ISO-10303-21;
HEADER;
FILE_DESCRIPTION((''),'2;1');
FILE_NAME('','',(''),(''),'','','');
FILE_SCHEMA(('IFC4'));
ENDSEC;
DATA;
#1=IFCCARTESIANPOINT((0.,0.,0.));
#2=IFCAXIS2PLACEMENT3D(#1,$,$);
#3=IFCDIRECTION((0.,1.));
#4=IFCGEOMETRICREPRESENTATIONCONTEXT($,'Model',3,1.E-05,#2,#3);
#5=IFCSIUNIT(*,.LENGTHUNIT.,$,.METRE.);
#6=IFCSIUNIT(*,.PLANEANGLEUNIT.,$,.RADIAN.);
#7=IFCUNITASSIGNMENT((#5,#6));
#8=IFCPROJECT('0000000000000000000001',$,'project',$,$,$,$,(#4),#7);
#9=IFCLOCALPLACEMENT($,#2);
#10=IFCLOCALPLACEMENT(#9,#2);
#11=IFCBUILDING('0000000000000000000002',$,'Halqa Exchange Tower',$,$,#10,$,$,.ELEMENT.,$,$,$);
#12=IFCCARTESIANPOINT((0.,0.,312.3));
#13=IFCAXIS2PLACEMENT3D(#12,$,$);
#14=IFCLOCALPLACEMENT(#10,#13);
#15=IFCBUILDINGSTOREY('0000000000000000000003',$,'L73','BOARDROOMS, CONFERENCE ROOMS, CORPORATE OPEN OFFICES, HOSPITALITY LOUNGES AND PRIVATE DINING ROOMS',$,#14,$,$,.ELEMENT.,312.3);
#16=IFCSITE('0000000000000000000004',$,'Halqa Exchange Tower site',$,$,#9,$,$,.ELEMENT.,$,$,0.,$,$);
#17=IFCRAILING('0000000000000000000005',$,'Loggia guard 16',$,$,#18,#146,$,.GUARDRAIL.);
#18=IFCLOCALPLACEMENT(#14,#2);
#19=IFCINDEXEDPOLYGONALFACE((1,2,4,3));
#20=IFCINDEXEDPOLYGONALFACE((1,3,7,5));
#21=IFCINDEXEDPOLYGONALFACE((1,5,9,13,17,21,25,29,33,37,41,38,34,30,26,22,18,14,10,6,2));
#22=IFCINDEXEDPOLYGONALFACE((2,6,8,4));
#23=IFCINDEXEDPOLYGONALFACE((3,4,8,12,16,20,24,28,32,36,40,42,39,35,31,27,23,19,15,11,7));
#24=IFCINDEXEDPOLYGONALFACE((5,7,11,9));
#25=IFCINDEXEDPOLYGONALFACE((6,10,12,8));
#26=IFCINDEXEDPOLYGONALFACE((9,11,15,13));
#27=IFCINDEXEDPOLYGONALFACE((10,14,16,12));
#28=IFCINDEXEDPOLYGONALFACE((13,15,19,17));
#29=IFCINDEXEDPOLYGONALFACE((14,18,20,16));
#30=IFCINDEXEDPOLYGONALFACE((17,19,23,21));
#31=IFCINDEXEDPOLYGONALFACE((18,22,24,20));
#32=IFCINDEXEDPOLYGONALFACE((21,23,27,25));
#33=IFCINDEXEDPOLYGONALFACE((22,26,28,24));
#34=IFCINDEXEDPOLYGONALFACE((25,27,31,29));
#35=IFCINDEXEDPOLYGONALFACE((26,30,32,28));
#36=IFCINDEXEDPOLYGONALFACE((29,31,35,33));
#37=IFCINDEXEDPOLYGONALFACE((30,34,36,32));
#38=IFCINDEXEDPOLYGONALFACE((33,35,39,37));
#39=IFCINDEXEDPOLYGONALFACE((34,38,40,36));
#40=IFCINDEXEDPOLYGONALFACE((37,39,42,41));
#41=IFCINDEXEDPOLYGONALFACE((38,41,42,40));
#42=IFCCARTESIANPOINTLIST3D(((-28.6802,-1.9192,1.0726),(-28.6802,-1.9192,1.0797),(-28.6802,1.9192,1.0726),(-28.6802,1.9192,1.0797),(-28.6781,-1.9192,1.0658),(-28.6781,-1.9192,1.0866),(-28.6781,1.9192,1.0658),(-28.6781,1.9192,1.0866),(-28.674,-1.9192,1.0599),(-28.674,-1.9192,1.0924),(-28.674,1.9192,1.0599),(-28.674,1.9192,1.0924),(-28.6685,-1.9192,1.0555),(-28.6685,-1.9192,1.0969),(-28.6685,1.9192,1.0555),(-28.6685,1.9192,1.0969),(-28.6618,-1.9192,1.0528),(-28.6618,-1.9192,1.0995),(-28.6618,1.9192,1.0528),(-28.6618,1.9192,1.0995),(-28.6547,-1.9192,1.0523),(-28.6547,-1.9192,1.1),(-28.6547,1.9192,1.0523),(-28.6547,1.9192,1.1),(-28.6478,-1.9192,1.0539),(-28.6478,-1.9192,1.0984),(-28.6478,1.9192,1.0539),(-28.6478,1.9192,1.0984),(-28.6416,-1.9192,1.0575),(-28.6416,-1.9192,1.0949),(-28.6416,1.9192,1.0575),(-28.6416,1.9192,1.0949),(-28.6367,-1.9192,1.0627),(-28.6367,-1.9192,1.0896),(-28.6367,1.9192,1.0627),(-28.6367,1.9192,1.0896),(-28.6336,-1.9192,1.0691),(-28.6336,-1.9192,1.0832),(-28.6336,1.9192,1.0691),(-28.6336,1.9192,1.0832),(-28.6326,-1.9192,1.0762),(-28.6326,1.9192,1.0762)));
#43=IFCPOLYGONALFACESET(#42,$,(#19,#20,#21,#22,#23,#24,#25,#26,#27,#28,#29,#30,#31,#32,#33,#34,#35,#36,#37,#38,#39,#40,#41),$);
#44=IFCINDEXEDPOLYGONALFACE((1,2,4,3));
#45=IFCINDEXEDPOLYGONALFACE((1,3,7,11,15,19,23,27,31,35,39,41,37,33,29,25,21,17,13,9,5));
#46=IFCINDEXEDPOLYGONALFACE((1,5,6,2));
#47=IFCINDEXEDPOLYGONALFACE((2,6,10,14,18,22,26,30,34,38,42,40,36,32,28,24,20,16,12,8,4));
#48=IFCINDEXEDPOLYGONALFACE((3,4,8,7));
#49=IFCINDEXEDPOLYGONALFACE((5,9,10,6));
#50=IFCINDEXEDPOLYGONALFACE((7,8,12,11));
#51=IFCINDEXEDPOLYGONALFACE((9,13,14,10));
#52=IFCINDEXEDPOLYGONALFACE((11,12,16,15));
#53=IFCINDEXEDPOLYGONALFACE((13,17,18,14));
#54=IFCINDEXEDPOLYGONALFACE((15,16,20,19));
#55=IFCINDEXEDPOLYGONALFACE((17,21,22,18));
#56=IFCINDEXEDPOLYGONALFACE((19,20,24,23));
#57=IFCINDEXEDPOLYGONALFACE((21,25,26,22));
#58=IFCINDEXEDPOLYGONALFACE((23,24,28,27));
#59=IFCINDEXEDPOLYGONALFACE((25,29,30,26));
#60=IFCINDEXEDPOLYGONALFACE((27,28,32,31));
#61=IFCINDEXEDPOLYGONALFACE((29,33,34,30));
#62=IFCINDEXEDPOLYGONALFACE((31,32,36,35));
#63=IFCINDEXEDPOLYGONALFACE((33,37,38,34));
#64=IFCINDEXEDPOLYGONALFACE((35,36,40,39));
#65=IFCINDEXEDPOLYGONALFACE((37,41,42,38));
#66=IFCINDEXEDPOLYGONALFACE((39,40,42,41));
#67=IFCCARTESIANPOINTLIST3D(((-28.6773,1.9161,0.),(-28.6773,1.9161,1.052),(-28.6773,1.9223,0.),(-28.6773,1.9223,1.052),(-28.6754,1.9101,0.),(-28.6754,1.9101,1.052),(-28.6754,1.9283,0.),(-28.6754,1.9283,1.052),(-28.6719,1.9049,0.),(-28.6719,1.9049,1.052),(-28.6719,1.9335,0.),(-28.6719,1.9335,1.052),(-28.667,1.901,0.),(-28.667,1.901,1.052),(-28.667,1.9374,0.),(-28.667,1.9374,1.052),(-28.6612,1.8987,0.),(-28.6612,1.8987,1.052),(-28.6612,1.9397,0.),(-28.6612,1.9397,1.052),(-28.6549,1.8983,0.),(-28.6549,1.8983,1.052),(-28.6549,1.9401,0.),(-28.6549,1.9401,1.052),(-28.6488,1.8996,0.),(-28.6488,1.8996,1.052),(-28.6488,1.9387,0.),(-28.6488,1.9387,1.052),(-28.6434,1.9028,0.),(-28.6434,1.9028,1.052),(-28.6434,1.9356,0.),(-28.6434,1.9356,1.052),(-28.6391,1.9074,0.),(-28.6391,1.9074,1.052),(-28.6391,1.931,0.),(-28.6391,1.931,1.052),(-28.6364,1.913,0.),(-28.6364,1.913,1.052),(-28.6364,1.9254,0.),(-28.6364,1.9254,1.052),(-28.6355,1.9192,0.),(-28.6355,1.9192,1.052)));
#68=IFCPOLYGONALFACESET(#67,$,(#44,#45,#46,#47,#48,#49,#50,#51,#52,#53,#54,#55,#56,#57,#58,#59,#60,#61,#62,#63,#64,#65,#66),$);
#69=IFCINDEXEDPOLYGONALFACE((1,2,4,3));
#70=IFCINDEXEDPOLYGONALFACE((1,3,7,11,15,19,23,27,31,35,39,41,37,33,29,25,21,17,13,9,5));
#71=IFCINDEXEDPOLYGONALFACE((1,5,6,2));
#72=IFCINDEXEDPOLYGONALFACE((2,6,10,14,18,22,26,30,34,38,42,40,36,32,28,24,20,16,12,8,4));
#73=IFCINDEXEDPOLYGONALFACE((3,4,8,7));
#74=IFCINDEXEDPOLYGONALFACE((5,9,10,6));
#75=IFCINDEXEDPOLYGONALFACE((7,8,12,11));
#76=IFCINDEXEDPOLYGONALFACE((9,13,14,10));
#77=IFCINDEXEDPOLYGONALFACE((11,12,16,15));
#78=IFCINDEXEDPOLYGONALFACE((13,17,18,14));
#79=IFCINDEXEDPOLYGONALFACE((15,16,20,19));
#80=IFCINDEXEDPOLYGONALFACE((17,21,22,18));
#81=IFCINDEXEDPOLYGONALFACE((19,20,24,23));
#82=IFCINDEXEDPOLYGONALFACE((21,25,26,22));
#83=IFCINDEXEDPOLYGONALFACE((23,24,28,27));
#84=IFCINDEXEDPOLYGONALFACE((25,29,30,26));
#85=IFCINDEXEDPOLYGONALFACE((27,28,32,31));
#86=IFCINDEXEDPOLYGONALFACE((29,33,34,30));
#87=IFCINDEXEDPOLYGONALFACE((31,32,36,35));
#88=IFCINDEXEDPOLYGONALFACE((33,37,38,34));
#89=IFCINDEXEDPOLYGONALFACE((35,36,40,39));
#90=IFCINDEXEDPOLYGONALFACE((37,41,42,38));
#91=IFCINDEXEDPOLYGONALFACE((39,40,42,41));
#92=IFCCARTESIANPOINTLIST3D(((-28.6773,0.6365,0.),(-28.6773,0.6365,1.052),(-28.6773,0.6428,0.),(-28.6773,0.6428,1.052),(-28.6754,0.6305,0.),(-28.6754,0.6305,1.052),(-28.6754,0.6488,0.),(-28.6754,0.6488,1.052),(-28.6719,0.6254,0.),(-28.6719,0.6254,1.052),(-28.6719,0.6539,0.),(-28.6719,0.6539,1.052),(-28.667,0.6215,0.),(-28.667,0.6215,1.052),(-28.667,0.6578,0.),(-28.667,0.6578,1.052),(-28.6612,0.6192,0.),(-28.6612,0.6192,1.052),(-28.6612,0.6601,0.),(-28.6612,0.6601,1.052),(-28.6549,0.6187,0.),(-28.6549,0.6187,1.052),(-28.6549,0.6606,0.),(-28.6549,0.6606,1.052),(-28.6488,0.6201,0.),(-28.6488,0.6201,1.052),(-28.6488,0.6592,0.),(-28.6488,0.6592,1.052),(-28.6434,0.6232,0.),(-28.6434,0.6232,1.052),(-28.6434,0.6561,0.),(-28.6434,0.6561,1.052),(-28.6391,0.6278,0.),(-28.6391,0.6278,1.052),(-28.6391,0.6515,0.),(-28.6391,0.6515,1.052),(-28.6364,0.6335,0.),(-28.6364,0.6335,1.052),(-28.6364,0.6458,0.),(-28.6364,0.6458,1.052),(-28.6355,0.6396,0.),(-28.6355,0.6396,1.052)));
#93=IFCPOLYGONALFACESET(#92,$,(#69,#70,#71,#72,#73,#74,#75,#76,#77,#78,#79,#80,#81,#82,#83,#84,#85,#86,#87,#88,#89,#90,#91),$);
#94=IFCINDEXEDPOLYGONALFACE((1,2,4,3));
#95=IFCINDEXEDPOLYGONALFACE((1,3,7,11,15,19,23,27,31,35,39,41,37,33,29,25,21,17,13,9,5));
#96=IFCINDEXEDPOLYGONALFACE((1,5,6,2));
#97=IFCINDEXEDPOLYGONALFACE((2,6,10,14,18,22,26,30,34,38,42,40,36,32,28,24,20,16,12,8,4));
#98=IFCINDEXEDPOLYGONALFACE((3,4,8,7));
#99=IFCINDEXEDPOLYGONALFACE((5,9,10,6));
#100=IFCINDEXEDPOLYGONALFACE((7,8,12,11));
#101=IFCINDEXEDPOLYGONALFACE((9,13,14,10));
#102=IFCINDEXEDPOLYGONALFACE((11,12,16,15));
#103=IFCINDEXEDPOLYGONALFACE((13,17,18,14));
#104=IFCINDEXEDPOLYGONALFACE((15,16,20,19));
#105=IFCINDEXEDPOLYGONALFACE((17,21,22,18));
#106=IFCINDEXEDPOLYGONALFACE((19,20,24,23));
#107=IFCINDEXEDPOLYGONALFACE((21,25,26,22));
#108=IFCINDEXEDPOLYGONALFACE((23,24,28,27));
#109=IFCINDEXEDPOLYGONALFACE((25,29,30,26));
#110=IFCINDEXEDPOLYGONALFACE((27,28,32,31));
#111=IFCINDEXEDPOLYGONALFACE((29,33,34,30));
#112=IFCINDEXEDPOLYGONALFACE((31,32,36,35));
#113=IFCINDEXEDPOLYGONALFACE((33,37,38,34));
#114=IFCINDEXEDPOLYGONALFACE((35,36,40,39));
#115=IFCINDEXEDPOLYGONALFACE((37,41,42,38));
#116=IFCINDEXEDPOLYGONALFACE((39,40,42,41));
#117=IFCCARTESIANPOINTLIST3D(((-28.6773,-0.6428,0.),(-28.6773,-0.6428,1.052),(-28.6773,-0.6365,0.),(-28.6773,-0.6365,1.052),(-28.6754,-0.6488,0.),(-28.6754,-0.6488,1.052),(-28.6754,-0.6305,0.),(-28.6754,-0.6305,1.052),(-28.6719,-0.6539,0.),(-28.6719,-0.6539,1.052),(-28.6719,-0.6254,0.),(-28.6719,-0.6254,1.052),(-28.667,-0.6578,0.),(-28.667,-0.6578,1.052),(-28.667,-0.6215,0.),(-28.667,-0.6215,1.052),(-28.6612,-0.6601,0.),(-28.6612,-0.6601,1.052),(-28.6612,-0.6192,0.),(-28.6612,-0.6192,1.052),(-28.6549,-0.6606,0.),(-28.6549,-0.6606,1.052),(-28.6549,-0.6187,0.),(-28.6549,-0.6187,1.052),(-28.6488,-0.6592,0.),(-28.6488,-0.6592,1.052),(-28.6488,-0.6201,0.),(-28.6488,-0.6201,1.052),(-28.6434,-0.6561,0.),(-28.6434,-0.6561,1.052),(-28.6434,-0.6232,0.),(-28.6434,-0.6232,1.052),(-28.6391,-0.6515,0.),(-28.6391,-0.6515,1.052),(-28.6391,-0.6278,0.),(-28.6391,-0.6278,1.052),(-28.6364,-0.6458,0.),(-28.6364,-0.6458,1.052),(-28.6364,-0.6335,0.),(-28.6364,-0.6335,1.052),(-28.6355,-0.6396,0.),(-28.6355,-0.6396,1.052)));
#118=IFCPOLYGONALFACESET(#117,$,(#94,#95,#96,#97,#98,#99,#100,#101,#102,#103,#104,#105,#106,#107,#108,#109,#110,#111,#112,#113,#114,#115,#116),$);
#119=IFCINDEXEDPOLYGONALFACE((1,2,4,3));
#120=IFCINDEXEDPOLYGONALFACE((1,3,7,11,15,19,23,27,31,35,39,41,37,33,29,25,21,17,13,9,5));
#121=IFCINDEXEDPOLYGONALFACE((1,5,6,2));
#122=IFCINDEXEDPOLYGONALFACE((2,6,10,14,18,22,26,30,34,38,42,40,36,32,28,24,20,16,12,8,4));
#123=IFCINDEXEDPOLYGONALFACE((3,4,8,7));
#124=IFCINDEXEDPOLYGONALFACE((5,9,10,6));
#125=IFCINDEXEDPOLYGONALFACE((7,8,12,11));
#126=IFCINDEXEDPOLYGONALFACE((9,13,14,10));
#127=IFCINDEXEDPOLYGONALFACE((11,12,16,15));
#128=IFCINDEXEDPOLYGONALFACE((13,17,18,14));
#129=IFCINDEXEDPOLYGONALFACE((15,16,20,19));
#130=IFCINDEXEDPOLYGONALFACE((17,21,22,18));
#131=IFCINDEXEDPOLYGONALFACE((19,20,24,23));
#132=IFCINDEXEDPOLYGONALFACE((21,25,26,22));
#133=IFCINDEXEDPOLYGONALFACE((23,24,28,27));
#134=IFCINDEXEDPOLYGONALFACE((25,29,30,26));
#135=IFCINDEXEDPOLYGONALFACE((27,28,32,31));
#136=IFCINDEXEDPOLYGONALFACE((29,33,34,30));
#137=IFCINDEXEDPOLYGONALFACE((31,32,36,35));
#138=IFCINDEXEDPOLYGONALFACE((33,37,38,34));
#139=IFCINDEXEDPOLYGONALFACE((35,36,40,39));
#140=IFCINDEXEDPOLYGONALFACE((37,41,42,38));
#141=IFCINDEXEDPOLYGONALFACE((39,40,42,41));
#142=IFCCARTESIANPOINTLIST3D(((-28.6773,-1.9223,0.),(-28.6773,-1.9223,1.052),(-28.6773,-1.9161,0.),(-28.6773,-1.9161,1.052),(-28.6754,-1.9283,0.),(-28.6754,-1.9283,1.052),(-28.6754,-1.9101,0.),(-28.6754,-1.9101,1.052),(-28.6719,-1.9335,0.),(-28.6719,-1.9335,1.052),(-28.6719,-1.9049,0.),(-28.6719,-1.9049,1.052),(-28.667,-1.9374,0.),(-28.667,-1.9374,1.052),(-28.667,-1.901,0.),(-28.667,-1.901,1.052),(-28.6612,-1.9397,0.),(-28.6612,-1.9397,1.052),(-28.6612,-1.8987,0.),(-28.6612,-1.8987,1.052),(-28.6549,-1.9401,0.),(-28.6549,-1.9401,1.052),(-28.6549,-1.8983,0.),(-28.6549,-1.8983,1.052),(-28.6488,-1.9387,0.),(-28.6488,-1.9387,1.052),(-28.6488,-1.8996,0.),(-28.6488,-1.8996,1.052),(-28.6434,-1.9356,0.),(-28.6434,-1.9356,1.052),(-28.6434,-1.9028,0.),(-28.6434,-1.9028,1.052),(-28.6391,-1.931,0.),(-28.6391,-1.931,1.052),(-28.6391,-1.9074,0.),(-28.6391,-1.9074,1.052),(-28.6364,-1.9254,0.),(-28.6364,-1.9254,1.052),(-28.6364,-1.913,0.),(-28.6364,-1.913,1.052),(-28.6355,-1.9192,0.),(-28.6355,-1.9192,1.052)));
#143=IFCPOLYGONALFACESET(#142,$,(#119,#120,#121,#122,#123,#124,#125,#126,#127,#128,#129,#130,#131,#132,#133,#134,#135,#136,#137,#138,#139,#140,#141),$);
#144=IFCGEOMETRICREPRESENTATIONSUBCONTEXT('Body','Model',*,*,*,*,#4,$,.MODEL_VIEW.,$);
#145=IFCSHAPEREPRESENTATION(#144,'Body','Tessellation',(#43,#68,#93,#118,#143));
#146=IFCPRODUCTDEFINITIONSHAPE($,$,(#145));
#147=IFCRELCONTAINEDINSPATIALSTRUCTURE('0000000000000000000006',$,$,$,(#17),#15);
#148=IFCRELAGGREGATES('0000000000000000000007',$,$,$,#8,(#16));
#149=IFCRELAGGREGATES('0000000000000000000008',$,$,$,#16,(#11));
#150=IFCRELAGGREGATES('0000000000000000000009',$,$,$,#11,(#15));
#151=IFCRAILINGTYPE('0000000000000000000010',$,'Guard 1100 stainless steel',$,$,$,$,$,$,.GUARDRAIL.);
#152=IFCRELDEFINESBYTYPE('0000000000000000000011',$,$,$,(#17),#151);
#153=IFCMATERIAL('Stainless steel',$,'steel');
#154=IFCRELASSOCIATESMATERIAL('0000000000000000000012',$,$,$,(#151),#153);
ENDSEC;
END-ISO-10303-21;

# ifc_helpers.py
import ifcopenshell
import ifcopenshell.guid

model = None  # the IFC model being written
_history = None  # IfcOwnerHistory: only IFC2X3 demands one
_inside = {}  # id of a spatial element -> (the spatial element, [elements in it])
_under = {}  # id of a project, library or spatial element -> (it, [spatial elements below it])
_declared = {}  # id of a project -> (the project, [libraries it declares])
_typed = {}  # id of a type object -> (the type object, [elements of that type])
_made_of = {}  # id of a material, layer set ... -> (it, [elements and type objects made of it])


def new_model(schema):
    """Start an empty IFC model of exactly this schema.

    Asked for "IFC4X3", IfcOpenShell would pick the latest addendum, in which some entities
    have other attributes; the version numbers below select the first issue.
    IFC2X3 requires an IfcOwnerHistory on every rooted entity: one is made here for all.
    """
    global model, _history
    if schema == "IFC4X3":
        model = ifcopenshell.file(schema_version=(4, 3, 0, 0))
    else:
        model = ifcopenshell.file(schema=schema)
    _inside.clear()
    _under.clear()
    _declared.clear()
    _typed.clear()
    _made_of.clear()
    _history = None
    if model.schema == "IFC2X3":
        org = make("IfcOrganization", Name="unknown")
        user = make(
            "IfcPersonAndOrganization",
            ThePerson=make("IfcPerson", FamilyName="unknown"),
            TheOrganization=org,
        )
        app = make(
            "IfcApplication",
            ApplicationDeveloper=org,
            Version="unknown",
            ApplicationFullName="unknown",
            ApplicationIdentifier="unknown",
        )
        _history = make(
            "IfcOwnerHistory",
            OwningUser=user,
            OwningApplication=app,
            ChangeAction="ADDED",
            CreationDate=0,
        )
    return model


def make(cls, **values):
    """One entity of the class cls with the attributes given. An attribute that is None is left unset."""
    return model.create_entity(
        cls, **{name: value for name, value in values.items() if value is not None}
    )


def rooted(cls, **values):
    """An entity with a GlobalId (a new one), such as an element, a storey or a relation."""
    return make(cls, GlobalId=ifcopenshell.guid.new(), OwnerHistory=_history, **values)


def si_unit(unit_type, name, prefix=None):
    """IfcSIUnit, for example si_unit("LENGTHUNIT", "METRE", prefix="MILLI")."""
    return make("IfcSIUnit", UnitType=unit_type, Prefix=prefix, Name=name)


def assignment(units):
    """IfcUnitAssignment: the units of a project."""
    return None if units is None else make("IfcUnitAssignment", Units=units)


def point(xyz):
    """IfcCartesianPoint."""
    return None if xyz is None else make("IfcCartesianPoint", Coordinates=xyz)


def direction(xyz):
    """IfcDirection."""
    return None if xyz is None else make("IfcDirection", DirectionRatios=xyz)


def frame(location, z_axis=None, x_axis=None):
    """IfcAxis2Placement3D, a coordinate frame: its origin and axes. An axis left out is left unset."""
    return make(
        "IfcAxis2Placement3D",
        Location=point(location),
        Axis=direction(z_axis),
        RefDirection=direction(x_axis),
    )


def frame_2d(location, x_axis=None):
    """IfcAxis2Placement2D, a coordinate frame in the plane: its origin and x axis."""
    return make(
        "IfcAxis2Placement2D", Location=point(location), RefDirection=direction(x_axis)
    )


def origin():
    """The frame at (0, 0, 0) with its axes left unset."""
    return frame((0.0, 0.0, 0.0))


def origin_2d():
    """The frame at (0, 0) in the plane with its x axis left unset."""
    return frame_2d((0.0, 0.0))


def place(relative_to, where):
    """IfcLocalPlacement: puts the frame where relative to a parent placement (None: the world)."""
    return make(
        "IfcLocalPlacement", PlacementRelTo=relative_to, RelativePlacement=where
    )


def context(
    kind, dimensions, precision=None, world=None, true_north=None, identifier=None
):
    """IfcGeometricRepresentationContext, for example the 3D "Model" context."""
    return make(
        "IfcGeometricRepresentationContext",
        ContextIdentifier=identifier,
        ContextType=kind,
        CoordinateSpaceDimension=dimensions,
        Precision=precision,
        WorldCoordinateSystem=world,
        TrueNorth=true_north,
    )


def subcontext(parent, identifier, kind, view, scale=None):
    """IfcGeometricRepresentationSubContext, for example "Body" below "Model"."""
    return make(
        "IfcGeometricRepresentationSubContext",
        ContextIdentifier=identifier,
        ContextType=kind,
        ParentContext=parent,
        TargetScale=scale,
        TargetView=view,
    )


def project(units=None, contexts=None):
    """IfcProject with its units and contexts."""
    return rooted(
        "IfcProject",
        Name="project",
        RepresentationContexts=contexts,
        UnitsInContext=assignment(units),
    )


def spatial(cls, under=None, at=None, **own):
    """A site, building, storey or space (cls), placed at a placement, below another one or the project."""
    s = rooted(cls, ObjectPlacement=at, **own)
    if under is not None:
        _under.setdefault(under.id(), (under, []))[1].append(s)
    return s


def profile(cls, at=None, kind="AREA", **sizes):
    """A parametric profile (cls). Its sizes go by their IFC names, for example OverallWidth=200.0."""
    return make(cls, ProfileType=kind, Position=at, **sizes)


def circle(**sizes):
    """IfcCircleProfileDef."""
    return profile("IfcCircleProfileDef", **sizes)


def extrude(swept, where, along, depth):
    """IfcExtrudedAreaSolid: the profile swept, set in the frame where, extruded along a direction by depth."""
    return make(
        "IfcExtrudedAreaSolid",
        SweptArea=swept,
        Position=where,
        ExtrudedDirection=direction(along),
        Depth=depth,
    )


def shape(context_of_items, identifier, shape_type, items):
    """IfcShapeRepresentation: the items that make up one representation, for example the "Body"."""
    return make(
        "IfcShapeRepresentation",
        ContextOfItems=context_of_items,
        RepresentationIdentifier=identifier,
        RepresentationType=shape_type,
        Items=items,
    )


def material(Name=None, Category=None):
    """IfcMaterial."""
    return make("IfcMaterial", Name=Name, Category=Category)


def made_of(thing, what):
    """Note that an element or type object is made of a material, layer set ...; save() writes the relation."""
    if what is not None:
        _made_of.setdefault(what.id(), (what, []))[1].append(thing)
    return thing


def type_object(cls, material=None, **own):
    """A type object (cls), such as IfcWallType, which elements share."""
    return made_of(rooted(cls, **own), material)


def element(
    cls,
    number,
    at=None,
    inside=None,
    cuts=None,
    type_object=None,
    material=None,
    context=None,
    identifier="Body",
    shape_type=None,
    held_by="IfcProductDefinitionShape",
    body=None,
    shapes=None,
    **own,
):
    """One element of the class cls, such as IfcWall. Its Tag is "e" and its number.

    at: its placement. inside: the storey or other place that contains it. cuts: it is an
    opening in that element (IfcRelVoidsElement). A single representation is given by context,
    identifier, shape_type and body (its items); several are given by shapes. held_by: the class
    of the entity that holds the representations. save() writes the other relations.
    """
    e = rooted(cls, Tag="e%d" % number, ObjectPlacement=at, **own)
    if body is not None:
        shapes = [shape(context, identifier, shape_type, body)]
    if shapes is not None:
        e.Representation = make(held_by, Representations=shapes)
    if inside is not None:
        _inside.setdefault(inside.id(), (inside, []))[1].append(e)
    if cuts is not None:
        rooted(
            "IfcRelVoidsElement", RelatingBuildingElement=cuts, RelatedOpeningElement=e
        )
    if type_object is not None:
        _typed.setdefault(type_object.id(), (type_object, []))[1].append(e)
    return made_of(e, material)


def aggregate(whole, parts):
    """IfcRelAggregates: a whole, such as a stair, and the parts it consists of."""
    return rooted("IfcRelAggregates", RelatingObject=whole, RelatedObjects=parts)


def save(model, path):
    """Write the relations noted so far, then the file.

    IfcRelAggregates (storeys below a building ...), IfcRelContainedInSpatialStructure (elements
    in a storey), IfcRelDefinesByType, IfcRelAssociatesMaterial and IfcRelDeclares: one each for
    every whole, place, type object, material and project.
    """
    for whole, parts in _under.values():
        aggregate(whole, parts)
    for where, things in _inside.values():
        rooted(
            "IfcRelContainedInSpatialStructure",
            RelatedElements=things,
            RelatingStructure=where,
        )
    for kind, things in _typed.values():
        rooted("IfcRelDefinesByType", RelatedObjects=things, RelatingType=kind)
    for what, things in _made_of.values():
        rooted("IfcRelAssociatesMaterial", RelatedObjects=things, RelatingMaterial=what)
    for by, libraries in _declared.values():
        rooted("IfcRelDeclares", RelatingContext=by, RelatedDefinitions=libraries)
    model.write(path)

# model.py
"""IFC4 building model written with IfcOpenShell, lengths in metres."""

from ifc_helpers import new_model, si_unit, direction, frame, origin, origin_2d, place, context, subcontext, project, spatial, circle, extrude, material, type_object, element, save


model = new_model("IFC4")

# Units and contexts
model_context = context("Model", 3, precision=1e-05, world=origin(), true_north=direction((0.0, 1.0)))
body_context = subcontext(model_context, "Body", "Model", "MODEL_VIEW")
ifc_project = project(units=[si_unit("LENGTHUNIT", "METRE"), si_unit("PLANEANGLEUNIT", "RADIAN")], contexts=[model_context])

# Site, building, storey
site_placement = place(None, origin())
site = spatial("IfcSite", under=ifc_project, at=site_placement, Name="Halqa Exchange Tower site", CompositionType="ELEMENT", RefElevation=0.0)
building_placement = place(site_placement, origin())
building = spatial("IfcBuilding", under=site, at=building_placement, Name="Halqa Exchange Tower", CompositionType="ELEMENT")
storey_placement = place(building_placement, frame((0.0, 0.0, 312.3)))
storey = spatial("IfcBuildingStorey", under=building, at=storey_placement, Name="L73", Description="BOARDROOMS, CONFERENCE ROOMS, CORPORATE OPEN OFFICES, HOSPITALITY LOUNGES AND PRIVATE DINING ROOMS", CompositionType="ELEMENT", Elevation=312.3)

# Railing
ifc_material_1 = material(Name="Stainless steel", Category="steel")
railing_type = type_object("IfcRailingType", Name="Guard 1100 stainless steel", PredefinedType="GUARDRAIL", material=ifc_material_1)
railing_1_placement = place(storey_placement, frame((-28.6565, 1.9192, 0.0)))
element("IfcRailing", 1, at=railing_1_placement, inside=storey, type_object=railing_type, Name="Loggia guard 16", PredefinedType="GUARDRAIL", context=body_context, shape_type="SweptSolid", body=[
    extrude(circle(Radius=0.0239, at=origin_2d()), frame((0.0, 0.0, 1.0762), z_axis=(0.0, -1.0, 0.0), x_axis=(1.0, 0.0, 0.0)), (0.0, 0.0, 1.0), 3.8384),
    extrude(circle(Radius=0.021, at=origin_2d()), origin(), (0.0, 0.0, 1.0), 1.052),
    extrude(circle(Radius=0.021, at=origin_2d()), frame((0.0, -1.2795, 0.0)), (0.0, 0.0, 1.0), 1.052),
    extrude(circle(Radius=0.021, at=origin_2d()), frame((0.0, -2.5588, 0.0)), (0.0, 0.0, 1.0), 1.052),
    extrude(circle(Radius=0.021, at=origin_2d()), frame((0.0, -3.8384, 0.0)), (0.0, 0.0, 1.0), 1.052),
])

save(model, "model.ifc")
